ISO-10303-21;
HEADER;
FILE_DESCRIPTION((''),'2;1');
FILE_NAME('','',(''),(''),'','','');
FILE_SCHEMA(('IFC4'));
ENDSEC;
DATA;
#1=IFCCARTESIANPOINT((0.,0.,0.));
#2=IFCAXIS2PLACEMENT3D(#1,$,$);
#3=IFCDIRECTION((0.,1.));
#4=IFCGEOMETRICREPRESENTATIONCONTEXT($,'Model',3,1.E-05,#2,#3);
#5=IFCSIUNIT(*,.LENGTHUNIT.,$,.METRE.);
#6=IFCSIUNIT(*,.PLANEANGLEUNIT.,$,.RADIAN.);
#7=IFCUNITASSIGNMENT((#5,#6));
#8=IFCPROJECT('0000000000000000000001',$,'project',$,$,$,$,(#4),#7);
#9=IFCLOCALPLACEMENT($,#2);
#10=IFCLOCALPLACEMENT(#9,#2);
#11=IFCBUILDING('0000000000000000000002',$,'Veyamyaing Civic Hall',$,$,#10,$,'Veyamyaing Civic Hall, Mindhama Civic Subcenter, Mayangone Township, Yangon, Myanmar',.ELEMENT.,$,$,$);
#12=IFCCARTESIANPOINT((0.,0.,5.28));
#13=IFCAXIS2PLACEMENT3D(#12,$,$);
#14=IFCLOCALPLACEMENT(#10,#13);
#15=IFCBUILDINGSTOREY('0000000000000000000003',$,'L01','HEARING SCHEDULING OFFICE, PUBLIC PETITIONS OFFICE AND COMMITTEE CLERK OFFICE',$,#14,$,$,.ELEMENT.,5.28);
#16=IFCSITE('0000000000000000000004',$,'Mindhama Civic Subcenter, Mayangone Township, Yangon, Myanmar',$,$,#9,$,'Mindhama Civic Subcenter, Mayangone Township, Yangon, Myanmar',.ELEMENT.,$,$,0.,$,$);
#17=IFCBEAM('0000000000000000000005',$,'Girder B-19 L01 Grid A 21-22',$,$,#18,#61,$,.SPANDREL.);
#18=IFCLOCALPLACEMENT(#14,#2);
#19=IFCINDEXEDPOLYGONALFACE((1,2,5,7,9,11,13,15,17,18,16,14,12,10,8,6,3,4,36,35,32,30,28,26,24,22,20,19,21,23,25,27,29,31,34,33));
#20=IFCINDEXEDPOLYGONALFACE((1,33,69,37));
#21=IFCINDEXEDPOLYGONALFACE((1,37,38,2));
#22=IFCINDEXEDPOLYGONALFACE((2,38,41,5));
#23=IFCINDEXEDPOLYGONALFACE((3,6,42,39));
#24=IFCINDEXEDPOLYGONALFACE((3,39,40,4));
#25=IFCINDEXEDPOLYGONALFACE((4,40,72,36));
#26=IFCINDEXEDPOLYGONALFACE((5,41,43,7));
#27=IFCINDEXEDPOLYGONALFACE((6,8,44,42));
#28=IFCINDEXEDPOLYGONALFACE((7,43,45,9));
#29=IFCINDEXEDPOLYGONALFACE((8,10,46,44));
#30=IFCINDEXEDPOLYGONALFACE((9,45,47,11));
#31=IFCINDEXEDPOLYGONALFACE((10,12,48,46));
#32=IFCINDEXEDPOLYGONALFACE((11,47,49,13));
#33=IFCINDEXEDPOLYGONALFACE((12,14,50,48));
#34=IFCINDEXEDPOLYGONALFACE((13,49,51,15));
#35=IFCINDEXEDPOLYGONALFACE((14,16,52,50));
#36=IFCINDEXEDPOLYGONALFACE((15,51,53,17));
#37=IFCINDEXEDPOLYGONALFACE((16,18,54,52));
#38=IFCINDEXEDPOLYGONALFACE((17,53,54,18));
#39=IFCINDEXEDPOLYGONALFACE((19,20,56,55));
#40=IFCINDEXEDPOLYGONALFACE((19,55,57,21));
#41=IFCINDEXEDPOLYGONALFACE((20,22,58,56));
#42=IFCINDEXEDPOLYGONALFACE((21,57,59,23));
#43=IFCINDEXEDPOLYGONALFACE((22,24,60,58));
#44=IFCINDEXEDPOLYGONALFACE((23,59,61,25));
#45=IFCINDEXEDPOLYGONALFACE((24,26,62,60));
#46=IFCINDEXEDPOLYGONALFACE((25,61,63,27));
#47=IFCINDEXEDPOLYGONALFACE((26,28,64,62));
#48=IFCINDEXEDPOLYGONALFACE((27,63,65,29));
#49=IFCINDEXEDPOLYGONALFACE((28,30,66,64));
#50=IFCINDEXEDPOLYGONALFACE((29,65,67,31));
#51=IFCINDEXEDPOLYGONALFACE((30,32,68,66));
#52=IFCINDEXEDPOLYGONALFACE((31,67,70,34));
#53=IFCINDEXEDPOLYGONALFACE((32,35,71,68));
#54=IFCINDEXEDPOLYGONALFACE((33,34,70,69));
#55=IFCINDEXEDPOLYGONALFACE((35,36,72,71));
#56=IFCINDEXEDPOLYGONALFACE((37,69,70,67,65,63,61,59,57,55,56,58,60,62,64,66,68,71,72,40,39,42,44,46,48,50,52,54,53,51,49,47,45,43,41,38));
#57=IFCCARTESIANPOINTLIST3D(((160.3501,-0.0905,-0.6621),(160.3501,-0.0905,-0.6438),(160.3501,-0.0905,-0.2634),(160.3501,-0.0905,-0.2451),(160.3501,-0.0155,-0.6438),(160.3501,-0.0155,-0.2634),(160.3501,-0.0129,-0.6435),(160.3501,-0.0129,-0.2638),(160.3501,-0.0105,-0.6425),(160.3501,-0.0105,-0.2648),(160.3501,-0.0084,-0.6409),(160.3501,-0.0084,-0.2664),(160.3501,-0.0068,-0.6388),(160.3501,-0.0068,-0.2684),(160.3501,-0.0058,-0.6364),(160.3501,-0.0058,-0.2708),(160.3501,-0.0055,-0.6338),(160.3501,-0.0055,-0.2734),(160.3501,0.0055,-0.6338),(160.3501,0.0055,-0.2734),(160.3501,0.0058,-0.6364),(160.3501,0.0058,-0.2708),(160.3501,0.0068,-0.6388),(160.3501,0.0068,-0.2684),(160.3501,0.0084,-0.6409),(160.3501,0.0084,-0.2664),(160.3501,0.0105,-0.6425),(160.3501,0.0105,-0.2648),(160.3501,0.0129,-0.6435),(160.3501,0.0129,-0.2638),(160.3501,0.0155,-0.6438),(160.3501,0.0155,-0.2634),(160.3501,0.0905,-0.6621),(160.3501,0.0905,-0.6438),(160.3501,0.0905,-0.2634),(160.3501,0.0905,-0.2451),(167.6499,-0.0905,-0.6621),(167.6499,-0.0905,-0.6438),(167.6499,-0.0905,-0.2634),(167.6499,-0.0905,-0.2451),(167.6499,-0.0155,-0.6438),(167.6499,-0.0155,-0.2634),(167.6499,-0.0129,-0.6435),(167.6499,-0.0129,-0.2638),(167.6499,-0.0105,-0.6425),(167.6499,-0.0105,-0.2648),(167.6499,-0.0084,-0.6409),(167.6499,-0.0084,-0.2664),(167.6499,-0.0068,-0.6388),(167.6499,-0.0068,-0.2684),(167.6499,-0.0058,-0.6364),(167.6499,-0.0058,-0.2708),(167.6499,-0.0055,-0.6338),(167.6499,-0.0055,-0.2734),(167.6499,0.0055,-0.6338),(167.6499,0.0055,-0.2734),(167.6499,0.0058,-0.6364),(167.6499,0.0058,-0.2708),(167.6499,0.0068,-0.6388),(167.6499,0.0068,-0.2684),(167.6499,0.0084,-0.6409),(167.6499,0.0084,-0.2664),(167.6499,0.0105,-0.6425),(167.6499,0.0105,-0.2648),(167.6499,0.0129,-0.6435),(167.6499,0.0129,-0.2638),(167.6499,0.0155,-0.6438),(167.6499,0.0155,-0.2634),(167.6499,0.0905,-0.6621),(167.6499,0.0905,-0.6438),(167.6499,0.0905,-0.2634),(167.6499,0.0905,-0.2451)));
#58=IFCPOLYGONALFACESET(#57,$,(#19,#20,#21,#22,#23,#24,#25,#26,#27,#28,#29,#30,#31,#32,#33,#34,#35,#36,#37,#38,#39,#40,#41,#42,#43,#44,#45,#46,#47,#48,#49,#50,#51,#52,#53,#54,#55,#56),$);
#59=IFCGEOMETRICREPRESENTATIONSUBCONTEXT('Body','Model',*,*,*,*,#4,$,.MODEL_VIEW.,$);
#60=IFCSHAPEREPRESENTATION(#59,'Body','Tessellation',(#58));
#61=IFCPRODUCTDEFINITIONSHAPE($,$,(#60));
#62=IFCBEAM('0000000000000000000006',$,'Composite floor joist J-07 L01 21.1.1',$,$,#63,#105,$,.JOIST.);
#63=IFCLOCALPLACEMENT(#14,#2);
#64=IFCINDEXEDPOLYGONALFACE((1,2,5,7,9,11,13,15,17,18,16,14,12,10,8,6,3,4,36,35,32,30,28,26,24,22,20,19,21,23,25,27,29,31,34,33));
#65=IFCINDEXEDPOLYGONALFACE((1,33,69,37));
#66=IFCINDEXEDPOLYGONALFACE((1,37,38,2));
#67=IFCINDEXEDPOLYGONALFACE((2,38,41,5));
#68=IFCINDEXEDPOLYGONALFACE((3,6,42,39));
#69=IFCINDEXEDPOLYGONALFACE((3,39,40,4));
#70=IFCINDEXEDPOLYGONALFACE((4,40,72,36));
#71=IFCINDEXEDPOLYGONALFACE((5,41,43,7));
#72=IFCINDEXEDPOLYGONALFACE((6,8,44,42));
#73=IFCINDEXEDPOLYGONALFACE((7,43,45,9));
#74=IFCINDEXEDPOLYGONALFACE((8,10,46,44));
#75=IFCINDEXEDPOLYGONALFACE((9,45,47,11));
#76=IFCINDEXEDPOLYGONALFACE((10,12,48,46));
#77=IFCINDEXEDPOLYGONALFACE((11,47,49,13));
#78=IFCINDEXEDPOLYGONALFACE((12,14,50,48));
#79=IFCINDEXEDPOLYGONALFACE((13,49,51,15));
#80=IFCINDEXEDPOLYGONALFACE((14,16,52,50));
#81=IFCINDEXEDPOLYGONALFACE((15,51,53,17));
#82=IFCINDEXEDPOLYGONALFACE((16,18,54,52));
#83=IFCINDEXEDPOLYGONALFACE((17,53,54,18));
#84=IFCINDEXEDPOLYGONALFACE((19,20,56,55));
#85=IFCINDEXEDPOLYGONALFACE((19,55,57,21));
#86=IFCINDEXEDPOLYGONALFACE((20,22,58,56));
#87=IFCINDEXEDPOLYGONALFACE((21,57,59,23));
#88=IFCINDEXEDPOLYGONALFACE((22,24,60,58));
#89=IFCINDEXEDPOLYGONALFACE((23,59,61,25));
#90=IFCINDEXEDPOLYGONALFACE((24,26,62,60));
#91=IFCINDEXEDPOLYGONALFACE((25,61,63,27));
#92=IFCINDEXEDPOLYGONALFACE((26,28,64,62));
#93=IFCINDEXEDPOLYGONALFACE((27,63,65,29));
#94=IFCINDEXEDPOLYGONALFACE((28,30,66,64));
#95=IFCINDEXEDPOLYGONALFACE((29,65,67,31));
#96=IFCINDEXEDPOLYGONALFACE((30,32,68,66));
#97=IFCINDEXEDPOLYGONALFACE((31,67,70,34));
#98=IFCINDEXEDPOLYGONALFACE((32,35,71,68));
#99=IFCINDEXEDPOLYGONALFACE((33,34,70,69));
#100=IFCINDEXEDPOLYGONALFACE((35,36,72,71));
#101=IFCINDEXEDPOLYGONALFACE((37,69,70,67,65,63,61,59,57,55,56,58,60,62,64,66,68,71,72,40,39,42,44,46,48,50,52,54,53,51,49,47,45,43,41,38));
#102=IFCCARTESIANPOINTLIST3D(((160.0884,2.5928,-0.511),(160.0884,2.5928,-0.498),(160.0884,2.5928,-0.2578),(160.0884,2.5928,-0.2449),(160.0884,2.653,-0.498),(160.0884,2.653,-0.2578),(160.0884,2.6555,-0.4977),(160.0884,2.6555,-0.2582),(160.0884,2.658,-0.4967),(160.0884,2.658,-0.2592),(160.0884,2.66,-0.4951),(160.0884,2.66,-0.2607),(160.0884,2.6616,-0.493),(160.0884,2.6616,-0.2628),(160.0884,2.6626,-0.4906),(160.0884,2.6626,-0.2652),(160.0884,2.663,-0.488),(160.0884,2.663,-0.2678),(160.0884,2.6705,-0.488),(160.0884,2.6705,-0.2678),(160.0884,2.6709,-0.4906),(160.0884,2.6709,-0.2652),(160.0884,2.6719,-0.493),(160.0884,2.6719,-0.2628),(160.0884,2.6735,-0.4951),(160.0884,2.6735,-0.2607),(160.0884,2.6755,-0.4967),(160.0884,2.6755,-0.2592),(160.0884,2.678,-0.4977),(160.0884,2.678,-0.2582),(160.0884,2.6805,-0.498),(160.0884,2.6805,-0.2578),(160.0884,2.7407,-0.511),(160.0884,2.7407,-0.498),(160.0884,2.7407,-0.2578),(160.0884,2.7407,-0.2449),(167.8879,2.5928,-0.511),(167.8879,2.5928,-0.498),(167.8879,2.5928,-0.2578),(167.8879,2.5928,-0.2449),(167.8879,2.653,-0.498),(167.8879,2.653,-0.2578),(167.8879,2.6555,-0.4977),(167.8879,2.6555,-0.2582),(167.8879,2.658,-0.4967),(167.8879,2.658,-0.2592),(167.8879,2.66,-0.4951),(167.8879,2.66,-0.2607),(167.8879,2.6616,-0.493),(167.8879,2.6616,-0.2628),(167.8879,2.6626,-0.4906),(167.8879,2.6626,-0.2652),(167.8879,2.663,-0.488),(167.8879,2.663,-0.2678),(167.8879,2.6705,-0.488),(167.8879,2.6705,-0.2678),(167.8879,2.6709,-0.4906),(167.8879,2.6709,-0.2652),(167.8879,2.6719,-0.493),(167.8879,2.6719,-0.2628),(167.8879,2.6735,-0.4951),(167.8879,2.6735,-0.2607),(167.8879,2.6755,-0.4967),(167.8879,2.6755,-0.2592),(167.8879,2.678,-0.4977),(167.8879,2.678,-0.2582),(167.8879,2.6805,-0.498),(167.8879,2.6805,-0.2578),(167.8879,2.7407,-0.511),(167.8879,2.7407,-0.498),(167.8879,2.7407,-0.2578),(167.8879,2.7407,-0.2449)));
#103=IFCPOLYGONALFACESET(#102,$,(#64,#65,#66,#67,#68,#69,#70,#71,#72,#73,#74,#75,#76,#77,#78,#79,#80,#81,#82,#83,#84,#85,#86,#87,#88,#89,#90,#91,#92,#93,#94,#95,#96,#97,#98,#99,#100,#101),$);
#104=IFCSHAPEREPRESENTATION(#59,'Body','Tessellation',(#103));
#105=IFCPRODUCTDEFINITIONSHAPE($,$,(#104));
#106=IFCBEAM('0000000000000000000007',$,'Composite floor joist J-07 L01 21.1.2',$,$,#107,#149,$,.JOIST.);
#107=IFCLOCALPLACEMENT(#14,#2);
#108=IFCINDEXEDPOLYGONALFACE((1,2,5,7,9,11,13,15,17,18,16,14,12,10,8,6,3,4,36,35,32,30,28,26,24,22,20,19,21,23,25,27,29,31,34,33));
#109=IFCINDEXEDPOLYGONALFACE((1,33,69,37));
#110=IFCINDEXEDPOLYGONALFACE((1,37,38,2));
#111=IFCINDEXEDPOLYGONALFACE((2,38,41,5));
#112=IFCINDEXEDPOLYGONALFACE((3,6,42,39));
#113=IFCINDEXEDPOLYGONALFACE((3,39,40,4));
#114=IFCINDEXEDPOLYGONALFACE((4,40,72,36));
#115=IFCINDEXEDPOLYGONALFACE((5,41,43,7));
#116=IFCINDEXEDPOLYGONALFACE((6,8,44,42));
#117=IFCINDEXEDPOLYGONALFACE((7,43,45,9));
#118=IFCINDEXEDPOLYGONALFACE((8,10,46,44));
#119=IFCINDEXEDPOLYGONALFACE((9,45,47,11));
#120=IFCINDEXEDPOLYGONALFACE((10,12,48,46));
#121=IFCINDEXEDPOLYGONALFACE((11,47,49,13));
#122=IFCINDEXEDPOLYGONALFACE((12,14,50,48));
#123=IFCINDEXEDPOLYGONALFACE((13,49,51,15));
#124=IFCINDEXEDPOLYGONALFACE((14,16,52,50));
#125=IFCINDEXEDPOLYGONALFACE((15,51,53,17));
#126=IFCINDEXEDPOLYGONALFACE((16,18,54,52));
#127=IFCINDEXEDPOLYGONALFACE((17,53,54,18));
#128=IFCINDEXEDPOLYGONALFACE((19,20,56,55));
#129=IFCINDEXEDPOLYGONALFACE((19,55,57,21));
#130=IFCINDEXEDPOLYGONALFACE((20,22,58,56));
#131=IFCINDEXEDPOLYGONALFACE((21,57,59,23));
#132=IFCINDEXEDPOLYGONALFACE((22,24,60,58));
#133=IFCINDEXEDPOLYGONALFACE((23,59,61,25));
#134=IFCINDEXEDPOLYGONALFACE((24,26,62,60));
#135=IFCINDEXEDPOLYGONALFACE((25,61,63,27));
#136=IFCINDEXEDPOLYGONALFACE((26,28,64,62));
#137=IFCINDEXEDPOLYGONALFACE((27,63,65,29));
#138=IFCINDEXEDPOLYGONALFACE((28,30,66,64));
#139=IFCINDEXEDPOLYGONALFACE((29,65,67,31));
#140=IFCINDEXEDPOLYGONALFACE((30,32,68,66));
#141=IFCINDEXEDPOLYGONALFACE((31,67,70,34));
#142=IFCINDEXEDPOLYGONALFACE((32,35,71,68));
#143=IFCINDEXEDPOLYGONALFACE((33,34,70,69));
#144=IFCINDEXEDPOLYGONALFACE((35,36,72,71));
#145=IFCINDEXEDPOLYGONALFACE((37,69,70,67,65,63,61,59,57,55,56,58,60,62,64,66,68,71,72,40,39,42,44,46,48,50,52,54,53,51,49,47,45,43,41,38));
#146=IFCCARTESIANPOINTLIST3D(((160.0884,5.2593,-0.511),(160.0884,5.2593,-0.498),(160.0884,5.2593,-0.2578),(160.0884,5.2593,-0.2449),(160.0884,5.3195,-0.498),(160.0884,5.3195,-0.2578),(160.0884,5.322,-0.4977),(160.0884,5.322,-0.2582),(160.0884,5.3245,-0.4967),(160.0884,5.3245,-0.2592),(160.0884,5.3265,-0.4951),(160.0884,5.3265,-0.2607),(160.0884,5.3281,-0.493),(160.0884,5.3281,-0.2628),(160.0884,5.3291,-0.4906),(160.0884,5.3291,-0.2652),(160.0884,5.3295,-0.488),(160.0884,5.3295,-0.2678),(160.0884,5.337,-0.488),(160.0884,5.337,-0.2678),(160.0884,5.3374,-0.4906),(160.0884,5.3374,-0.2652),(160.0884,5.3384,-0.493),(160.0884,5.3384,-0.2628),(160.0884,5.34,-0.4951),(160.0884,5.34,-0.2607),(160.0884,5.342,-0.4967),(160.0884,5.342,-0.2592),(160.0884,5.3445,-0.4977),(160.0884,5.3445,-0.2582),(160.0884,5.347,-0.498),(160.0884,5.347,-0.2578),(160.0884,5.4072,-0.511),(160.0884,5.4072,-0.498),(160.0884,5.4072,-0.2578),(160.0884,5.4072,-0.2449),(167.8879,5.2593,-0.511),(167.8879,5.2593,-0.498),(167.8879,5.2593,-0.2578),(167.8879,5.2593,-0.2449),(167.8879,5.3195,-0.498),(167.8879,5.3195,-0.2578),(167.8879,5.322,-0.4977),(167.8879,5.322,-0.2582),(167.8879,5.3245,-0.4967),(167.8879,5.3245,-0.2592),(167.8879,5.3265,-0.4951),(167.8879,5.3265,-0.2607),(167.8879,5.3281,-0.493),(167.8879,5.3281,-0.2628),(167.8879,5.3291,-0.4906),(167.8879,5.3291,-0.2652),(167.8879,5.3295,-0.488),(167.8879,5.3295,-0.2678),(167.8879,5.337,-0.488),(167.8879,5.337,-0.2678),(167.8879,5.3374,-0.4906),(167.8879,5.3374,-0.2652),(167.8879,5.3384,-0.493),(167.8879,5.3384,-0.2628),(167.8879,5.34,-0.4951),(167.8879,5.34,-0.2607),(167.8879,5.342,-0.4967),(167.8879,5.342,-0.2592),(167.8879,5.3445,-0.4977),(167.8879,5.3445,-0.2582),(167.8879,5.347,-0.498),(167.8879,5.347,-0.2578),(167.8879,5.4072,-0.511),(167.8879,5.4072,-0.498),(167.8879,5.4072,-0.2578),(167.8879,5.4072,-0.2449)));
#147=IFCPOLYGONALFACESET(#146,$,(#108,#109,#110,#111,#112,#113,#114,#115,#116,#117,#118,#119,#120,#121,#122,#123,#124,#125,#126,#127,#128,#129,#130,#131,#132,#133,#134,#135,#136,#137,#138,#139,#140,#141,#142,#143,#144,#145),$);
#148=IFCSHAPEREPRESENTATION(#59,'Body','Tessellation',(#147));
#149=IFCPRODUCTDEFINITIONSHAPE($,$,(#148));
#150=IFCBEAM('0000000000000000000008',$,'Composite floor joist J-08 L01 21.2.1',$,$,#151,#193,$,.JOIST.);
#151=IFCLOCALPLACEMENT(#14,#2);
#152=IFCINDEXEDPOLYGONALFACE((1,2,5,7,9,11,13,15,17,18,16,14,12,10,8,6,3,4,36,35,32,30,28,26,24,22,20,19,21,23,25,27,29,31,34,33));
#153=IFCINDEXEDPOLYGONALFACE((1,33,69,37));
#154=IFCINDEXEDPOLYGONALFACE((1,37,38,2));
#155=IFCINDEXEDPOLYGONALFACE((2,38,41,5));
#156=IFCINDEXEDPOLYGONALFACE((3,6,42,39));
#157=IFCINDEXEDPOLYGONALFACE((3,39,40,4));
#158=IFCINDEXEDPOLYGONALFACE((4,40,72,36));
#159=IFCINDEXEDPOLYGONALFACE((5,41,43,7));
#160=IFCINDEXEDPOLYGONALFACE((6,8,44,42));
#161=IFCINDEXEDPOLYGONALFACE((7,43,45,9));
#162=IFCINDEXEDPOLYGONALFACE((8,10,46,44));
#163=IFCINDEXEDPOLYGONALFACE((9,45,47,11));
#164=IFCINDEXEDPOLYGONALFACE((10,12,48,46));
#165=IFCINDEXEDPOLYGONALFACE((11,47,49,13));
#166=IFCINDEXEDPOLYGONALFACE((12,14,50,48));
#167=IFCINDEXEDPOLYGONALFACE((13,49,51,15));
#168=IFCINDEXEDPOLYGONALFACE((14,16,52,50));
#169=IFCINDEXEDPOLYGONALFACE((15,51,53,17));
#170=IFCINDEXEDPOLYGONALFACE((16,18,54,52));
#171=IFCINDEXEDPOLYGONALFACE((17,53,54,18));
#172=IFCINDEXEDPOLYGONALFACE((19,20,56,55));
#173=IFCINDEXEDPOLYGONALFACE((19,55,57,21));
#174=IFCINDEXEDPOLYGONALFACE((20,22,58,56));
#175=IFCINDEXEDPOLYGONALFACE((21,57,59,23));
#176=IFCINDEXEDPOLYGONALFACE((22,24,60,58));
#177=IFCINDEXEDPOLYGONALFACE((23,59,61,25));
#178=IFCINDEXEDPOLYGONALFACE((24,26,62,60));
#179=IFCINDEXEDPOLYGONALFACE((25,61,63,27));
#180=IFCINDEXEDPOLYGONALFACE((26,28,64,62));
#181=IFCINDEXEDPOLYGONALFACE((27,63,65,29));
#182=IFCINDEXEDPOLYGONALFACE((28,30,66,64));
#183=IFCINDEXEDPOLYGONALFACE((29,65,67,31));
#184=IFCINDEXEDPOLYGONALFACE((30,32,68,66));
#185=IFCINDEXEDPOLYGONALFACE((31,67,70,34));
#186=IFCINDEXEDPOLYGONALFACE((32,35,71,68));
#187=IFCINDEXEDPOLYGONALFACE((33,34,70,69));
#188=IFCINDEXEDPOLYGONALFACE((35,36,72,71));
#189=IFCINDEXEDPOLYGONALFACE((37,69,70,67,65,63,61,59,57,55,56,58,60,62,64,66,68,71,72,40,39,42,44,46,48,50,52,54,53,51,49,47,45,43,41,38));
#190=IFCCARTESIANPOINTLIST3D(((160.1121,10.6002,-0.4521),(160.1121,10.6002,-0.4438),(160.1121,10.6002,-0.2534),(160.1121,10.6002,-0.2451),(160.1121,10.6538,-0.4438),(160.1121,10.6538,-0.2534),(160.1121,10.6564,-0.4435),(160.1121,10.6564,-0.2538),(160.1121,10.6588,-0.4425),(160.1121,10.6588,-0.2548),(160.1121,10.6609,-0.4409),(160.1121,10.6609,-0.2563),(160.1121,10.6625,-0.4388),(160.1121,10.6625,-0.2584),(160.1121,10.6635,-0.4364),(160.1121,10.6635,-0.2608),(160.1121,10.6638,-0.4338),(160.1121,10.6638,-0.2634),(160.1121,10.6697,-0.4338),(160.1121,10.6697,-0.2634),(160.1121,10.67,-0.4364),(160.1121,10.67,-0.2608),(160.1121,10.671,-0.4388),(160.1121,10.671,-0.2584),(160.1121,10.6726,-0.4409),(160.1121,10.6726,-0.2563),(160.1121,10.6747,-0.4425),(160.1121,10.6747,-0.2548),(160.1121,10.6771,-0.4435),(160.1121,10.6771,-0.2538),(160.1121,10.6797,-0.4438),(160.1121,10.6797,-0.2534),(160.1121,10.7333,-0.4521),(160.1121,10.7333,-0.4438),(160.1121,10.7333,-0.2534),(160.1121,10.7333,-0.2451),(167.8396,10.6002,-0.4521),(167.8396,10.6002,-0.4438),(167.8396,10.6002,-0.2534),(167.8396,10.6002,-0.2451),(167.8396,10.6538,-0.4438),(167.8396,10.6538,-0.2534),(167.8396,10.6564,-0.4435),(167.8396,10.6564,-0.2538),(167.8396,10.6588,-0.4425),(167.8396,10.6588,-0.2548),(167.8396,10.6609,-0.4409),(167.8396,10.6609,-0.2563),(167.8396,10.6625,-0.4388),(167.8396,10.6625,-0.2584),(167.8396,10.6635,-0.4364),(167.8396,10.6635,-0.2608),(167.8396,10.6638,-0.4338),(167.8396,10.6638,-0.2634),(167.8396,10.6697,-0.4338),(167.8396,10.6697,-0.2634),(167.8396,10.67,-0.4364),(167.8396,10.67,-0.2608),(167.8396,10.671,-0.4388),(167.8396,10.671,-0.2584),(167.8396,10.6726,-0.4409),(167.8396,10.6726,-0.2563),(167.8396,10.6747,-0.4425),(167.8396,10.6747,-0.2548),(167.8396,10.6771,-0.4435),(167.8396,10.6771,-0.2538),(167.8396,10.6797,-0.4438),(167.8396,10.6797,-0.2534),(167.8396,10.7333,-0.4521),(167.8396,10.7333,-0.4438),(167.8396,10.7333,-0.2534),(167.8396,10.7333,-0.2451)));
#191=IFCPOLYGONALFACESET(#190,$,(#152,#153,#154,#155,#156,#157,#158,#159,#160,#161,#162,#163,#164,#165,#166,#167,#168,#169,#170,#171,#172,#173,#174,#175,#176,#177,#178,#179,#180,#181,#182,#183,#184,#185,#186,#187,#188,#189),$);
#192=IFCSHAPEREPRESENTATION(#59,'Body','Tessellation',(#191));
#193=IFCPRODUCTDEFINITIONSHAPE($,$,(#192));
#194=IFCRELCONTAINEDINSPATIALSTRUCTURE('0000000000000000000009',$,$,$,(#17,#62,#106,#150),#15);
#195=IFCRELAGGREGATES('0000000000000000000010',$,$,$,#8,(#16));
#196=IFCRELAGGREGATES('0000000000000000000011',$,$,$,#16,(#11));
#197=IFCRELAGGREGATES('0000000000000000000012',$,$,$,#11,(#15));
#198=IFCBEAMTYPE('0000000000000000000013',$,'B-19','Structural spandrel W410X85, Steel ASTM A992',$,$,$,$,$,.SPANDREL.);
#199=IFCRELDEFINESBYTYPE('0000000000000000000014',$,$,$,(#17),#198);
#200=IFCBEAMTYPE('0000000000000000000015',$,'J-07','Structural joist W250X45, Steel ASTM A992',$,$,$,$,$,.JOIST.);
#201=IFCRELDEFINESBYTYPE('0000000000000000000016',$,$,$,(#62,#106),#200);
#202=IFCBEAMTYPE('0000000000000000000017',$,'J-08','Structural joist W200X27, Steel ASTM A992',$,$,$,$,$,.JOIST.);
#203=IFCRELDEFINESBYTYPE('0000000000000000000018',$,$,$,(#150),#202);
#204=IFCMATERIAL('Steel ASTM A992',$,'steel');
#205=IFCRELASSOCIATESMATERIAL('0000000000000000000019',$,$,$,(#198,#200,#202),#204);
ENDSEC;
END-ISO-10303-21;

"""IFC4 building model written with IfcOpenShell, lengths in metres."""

from ifc_helpers import new_model, si_unit, direction, frame, origin, origin_2d, place, context, subcontext, project, spatial, i_section, extrude, material, material_profile, profile_set, type_object, element, save


model = new_model("IFC4")

# Units and contexts
model_context = context("Model", 3, precision=1e-05, world=origin(), true_north=direction((0.0, 1.0)))
body_context = subcontext(model_context, "Body", "Model", "MODEL_VIEW")
ifc_project = project(units=[si_unit("LENGTHUNIT", "METRE"), si_unit("PLANEANGLEUNIT", "RADIAN")], contexts=[model_context])

# Site, building, storey
site_placement = place(None, origin())
site = spatial("IfcSite", under=ifc_project, at=site_placement, Name="Mindhama Civic Subcenter, Mayangone Township, Yangon, Myanmar", LongName="Mindhama Civic Subcenter, Mayangone Township, Yangon, Myanmar", CompositionType="ELEMENT", RefElevation=0.0)
building_placement = place(site_placement, origin())
building = spatial("IfcBuilding", under=site, at=building_placement, Name="Veyamyaing Civic Hall", LongName="Veyamyaing Civic Hall, Mindhama Civic Subcenter, Mayangone Township, Yangon, Myanmar", CompositionType="ELEMENT")
storey_placement = place(building_placement, frame((0.0, 0.0, 5.28)))
storey = spatial("IfcBuildingStorey", under=building, at=storey_placement, Name="L01", Description="HEARING SCHEDULING OFFICE, PUBLIC PETITIONS OFFICE AND COMMITTEE CLERK OFFICE", CompositionType="ELEMENT", Elevation=5.28)

# Beams
ifc_material_1 = material(Name="Steel ASTM A992", Category="steel")
ifc_material_profile_1 = material_profile(ifc_material_1, i_section(OverallWidth=0.1809, OverallDepth=0.417, WebThickness=0.011, FlangeThickness=0.0183, FilletRadius=0.01, at=origin_2d()), Name="W410X85")
ifc_profile_set_1 = profile_set([ifc_material_profile_1], Name="Steel ASTM A992")
beam_type_1 = type_object("IfcBeamType", Name="B-19", Description="Structural spandrel W410X85, Steel ASTM A992", PredefinedType="SPANDREL", material=ifc_profile_set_1)
beam_1_placement = place(storey_placement, frame((160.3501, 0.0, -0.4536), z_axis=(1.0, 0.0, 0.0), x_axis=(0.0, 1.0, 0.0)))
element("IfcBeam", 1, at=beam_1_placement, inside=storey, type_object=beam_type_1, Name="Girder B-19 L01 Grid A 21-22", PredefinedType="SPANDREL", context=body_context, shape_type="SweptSolid", body=[
    extrude(i_section(OverallWidth=0.1809, OverallDepth=0.417, WebThickness=0.011, FlangeThickness=0.0183, FilletRadius=0.01, at=origin_2d()), origin(), (0.0, 0.0, 1.0), 7.2998),
])
ifc_material_profile_2 = material_profile(ifc_material_1, i_section(OverallWidth=0.1479, OverallDepth=0.2661, WebThickness=0.0076, FlangeThickness=0.0129, FilletRadius=0.01, at=origin_2d()), Name="W250X45")
ifc_profile_set_2 = profile_set([ifc_material_profile_2], Name="Steel ASTM A992")
beam_type_2 = type_object("IfcBeamType", Name="J-07", Description="Structural joist W250X45, Steel ASTM A992", PredefinedType="JOIST", material=ifc_profile_set_2)
for number, where, z_axis, x_axis, name in (
    (2, (160.0884, 2.6667, -0.3779), (1.0, 0.0, 0.0), (0.0, 1.0, 0.0), "Composite floor joist J-07 L01 21.1.1"),
    (3, (160.0884, 5.3333, -0.3779), (1.0, 0.0, 0.0), (0.0, 1.0, 0.0), "Composite floor joist J-07 L01 21.1.2"),
):
    element("IfcBeam", number, at=place(storey_placement, frame(where, z_axis=z_axis, x_axis=x_axis)), inside=storey, type_object=beam_type_2, Name=name, PredefinedType="JOIST", context=body_context, shape_type="SweptSolid", body=[
        extrude(i_section(OverallWidth=0.1479, OverallDepth=0.2661, WebThickness=0.0076, FlangeThickness=0.0129, FilletRadius=0.01, at=origin_2d()), origin(), (0.0, 0.0, 1.0), 7.7996),
    ])
ifc_material_profile_3 = material_profile(ifc_material_1, i_section(OverallWidth=0.1331, OverallDepth=0.207, WebThickness=0.0059, FlangeThickness=0.0083, FilletRadius=0.01, at=origin_2d()), Name="W200X27")
ifc_profile_set_3 = profile_set([ifc_material_profile_3], Name="Steel ASTM A992")
beam_type_3 = type_object("IfcBeamType", Name="J-08", Description="Structural joist W200X27, Steel ASTM A992", PredefinedType="JOIST", material=ifc_profile_set_3)
for number, where, z_axis, x_axis, name in (
    (4, (160.1121, 10.6667, -0.3486), (1.0, 0.0, 0.0), (0.0, 1.0, 0.0), "Composite floor joist J-08 L01 21.2.1"),
):
    element("IfcBeam", number, at=place(storey_placement, frame(where, z_axis=z_axis, x_axis=x_axis)), inside=storey, type_object=beam_type_3, Name=name, PredefinedType="JOIST", context=body_context, shape_type="SweptSolid", body=[
        extrude(i_section(OverallWidth=0.1331, OverallDepth=0.207, WebThickness=0.0059, FlangeThickness=0.0083, FilletRadius=0.01, at=origin_2d()), origin(), (0.0, 0.0, 1.0), 7.7275),
    ])

save(model, "model.ifc")
